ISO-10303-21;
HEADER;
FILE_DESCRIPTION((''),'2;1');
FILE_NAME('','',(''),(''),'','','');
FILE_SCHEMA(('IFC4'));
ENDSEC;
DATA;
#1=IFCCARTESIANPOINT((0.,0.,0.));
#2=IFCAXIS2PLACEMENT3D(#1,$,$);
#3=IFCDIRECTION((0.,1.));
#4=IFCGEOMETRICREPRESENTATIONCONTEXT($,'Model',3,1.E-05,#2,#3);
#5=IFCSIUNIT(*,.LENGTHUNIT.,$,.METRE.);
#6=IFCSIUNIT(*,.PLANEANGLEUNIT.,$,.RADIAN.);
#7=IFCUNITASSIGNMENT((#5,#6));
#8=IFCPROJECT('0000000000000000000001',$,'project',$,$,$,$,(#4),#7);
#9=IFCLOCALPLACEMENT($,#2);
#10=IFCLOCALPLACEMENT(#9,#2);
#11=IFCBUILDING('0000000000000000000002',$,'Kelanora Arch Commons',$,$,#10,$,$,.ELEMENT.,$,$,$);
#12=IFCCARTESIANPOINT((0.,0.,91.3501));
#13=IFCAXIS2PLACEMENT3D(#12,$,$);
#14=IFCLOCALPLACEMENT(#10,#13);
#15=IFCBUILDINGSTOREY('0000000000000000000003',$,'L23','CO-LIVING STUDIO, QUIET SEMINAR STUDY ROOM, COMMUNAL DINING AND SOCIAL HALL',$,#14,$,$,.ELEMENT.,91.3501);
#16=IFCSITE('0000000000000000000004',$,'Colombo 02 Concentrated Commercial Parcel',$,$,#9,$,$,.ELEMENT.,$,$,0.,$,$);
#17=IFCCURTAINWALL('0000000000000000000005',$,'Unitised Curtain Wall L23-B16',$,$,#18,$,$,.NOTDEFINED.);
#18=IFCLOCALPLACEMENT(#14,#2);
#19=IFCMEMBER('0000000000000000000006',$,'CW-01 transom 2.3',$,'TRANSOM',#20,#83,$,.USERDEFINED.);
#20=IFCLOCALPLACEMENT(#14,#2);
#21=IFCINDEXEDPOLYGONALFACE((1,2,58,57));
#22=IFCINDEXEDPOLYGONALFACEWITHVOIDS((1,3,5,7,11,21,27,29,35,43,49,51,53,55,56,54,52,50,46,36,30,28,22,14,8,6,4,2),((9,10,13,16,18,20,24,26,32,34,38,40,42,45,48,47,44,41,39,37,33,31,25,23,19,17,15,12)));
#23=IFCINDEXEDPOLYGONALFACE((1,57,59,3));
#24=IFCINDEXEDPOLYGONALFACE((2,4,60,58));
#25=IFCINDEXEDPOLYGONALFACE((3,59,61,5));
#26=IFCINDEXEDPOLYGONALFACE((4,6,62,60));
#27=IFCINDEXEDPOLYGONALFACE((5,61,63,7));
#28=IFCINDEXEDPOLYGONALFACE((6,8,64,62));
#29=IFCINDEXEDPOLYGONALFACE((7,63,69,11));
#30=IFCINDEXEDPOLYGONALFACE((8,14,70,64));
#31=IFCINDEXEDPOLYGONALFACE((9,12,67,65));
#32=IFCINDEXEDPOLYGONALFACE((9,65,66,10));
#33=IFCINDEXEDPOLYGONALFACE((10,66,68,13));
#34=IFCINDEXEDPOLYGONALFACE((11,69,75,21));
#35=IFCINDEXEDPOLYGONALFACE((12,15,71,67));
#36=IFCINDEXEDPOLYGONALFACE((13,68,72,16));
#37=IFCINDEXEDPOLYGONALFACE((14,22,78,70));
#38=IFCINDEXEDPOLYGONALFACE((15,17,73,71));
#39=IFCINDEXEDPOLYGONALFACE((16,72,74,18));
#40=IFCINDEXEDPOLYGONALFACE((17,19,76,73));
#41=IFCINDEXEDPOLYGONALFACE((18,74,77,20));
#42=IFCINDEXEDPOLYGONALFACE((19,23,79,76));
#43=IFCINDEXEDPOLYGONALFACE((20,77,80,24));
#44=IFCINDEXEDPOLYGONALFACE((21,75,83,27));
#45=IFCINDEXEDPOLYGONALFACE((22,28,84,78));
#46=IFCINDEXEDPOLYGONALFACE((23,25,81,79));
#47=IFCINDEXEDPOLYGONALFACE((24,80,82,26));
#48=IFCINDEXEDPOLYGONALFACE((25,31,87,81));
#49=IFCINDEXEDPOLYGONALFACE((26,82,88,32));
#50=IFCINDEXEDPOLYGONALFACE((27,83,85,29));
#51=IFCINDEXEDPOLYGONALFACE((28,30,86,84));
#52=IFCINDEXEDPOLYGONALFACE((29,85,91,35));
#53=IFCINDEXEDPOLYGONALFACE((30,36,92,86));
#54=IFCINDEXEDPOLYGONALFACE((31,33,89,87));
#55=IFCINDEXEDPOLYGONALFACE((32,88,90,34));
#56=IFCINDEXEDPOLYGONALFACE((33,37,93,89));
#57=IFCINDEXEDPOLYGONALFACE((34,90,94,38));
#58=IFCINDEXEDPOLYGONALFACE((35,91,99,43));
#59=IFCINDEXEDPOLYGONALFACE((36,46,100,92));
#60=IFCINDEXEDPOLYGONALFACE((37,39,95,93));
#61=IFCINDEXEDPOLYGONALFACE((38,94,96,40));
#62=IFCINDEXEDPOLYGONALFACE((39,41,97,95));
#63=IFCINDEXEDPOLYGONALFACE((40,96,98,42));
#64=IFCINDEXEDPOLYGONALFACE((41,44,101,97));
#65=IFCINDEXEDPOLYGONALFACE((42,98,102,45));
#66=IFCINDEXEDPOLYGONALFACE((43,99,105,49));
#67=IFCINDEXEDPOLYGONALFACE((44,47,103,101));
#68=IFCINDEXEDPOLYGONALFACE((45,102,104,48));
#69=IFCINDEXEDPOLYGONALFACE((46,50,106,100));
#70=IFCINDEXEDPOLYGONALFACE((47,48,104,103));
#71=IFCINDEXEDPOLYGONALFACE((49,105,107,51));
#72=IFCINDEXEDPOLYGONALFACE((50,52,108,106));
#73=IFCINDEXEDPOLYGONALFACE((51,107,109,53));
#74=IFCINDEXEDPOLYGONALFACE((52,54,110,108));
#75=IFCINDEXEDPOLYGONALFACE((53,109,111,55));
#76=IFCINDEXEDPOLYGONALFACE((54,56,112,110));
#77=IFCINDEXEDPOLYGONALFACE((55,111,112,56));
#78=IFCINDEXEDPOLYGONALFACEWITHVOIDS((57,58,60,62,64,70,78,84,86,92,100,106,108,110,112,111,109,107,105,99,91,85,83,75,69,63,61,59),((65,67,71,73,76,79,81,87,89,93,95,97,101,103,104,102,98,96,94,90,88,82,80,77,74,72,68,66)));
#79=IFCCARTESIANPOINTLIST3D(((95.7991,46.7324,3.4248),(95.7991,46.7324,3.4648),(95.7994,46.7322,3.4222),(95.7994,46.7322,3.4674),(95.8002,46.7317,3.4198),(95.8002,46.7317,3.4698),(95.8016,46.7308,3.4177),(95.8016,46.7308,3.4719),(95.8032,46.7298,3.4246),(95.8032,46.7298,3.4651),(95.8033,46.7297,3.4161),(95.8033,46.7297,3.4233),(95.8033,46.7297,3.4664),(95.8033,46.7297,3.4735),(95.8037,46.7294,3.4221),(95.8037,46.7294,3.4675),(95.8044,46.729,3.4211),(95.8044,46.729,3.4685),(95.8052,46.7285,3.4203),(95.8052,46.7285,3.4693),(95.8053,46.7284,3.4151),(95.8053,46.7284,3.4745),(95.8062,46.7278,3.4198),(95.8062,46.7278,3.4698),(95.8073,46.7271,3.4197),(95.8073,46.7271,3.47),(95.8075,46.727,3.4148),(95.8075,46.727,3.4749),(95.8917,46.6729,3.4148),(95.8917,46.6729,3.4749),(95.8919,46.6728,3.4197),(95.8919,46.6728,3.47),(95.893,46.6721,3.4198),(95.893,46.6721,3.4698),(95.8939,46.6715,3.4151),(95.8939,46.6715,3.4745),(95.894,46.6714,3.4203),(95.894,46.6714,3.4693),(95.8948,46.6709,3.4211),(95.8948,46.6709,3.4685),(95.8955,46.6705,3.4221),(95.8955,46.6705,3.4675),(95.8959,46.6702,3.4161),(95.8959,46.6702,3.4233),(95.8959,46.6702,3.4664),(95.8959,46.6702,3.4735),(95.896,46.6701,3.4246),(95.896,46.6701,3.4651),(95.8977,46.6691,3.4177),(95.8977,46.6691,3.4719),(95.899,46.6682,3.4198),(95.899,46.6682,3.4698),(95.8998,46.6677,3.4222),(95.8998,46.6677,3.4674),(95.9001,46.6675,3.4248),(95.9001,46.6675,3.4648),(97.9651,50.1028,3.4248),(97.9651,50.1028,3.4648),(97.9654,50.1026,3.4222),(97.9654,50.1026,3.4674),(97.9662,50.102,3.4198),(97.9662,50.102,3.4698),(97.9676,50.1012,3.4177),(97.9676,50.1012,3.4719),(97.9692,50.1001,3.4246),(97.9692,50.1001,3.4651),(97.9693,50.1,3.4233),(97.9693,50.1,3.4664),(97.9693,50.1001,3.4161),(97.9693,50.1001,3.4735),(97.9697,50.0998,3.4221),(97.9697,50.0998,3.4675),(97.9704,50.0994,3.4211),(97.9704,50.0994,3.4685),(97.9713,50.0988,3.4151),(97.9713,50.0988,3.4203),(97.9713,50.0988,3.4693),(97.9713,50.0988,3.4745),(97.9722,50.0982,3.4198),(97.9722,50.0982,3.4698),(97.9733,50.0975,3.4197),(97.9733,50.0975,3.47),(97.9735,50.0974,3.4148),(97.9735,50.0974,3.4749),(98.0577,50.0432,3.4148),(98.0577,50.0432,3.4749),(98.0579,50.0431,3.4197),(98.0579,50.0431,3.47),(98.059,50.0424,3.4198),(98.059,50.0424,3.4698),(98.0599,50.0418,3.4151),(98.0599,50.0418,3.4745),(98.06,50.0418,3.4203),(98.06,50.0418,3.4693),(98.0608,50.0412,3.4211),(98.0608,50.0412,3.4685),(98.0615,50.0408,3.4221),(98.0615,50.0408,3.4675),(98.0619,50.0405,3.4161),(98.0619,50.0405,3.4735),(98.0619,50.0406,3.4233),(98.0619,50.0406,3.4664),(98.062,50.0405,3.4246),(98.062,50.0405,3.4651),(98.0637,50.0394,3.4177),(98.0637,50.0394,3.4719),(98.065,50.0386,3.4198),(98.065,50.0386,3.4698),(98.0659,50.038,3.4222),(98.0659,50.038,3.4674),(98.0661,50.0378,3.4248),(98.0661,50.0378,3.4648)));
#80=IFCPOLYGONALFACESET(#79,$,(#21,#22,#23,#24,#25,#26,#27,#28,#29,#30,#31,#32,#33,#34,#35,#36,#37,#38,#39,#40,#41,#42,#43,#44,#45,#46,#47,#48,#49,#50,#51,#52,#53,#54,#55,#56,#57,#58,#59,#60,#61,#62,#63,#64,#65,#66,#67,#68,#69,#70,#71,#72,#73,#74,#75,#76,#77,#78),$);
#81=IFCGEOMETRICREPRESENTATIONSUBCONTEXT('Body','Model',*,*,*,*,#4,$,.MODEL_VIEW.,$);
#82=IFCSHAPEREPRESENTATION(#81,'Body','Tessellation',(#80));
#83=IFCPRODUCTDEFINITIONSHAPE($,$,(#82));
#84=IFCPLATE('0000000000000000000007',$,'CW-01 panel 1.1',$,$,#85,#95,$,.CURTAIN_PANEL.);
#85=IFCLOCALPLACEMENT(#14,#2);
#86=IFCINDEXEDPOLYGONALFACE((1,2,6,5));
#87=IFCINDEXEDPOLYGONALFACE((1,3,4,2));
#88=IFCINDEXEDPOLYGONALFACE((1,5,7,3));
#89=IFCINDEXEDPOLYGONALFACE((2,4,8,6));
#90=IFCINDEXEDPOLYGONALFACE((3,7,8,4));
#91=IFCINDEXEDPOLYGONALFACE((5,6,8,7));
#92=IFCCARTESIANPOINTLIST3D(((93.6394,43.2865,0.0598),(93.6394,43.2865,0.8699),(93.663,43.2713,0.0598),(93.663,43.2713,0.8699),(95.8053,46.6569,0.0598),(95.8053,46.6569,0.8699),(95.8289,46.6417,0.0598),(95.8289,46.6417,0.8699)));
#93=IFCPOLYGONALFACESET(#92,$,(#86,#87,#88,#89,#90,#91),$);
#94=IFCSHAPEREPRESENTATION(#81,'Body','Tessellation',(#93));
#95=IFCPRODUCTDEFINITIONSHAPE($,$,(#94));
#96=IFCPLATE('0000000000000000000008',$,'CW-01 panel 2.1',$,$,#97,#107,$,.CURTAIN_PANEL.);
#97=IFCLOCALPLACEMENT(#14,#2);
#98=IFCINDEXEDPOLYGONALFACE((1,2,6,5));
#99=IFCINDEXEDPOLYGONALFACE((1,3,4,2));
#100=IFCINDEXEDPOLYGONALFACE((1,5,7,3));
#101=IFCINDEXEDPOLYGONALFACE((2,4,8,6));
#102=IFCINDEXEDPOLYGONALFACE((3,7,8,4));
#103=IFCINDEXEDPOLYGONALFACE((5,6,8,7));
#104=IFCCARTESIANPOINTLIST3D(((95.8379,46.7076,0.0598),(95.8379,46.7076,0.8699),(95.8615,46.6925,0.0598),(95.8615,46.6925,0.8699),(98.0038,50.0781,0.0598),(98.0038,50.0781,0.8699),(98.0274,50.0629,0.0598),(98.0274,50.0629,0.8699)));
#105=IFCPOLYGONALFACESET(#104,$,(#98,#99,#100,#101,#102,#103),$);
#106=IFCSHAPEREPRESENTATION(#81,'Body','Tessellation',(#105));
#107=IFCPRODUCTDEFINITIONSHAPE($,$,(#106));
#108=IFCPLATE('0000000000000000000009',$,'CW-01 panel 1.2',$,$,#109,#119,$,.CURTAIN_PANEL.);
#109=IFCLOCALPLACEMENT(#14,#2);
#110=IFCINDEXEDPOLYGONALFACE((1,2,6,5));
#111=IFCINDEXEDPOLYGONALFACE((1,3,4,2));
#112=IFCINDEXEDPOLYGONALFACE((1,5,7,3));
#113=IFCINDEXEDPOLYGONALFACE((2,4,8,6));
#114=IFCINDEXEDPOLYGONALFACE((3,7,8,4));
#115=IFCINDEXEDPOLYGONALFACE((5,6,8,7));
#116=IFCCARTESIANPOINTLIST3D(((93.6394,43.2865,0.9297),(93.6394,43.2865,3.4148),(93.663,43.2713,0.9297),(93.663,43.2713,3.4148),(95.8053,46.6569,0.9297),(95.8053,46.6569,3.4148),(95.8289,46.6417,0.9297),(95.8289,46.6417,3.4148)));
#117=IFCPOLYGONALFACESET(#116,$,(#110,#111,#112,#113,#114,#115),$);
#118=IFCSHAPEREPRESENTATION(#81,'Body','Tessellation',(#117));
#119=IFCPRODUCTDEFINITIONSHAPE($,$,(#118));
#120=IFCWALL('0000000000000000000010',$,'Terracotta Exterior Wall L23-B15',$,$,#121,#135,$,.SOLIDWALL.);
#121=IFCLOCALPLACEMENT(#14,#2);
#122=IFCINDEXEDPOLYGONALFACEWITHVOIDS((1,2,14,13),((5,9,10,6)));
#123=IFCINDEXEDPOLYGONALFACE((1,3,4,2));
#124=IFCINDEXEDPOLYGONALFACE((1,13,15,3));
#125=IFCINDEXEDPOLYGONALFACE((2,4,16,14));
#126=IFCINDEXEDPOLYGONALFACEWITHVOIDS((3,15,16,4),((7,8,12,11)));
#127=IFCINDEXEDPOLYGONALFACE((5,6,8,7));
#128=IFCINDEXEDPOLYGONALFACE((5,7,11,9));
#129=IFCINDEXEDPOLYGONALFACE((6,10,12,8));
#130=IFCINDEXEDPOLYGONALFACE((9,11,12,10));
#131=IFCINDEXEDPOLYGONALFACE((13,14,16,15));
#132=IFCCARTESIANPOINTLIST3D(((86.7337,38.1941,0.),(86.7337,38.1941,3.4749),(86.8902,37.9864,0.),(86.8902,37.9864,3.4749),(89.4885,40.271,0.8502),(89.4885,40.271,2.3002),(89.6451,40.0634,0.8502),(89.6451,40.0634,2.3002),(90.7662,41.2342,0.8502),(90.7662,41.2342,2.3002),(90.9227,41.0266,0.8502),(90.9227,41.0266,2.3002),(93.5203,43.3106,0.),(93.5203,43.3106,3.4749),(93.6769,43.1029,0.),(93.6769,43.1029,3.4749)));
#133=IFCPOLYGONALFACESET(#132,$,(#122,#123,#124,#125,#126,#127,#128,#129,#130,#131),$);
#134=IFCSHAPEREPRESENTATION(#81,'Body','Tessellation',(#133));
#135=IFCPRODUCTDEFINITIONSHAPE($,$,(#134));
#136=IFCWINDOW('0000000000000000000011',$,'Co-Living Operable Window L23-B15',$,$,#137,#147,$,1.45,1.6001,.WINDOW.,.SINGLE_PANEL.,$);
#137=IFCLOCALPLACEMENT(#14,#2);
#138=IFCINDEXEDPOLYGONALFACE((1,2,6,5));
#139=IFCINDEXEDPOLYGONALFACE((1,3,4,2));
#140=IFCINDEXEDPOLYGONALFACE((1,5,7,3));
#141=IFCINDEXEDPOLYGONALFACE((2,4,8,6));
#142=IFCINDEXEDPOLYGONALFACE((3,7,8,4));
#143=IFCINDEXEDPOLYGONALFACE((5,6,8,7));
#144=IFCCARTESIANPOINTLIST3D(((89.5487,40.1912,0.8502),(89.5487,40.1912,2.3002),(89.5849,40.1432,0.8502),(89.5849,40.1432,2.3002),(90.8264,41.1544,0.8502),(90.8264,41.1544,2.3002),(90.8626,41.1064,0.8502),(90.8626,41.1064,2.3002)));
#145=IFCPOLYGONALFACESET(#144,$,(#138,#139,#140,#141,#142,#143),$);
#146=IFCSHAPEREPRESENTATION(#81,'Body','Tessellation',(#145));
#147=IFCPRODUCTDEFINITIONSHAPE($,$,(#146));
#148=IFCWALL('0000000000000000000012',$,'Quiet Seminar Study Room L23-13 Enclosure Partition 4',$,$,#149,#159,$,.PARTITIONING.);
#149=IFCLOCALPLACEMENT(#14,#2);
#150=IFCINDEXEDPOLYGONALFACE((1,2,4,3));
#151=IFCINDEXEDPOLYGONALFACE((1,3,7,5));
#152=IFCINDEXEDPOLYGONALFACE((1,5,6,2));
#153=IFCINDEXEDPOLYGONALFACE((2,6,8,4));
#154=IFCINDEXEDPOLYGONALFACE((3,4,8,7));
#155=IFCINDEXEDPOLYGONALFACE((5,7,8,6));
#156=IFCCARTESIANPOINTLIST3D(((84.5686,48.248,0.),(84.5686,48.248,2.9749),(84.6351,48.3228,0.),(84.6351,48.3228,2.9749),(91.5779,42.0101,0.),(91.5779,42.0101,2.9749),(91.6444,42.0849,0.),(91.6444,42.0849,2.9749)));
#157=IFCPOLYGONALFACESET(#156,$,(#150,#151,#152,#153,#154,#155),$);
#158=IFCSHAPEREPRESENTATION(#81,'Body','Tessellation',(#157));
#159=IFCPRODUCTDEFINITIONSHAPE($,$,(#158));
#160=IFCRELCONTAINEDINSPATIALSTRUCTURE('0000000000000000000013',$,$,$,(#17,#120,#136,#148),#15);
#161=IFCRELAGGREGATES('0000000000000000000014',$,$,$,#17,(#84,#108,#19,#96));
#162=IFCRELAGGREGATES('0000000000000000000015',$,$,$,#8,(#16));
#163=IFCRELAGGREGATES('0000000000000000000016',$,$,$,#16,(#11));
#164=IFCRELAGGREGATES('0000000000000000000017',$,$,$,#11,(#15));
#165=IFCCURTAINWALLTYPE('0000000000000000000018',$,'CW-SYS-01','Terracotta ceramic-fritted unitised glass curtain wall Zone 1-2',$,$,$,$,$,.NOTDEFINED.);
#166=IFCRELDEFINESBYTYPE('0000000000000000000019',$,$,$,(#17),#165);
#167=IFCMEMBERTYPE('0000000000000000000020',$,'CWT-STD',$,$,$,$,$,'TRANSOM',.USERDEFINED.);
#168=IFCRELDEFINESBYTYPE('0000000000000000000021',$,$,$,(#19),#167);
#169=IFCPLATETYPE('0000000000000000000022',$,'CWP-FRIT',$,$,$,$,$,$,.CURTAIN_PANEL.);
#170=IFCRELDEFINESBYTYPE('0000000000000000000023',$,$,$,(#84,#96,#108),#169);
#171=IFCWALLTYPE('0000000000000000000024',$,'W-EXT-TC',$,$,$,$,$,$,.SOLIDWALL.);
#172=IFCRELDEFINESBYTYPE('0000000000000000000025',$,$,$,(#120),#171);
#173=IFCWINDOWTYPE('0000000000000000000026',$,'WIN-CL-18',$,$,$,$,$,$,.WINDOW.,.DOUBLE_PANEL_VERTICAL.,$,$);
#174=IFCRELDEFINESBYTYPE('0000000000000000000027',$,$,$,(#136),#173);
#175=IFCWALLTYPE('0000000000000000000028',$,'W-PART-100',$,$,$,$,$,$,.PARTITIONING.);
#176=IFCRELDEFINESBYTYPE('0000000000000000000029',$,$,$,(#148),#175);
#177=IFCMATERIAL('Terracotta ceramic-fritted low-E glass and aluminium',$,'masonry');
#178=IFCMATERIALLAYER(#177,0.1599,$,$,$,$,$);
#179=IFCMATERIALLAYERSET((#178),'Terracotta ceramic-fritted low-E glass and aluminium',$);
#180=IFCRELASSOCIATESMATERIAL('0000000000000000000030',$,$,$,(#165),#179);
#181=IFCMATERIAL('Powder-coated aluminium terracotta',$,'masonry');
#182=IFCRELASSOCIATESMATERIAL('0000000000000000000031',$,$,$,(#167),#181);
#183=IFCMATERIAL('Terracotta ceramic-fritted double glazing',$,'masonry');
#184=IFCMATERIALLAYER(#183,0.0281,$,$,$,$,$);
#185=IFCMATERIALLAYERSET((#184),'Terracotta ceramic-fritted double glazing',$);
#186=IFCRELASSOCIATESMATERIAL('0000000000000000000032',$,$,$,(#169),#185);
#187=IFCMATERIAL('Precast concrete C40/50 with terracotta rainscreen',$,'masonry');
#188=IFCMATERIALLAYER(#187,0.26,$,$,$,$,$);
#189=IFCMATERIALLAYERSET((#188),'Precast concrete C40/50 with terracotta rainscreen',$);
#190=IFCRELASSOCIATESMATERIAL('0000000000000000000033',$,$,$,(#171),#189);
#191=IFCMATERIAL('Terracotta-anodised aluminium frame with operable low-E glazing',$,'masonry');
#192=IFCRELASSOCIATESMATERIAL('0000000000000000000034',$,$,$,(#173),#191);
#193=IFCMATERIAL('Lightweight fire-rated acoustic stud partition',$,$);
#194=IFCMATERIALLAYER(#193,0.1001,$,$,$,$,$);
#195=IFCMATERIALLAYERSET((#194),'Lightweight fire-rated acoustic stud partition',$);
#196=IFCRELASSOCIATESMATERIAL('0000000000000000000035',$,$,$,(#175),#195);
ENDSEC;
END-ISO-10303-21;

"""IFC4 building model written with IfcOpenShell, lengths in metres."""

from ifc_helpers import new_model, si_unit, direction, frame, frame_2d, origin, origin_2d, place, context, subcontext, project, spatial, rectangle, hollow_rectangle, extrude, source, transform, mapped, material, layer, layer_set, material_profile, profile_set, type_object, element, fill, aggregate, save


model = new_model("IFC4")

# Units and contexts
model_context = context("Model", 3, precision=1e-05, world=origin(), true_north=direction((0.0, 1.0)))
body_context = subcontext(model_context, "Body", "Model", "MODEL_VIEW")
ifc_project = project(units=[si_unit("LENGTHUNIT", "METRE"), si_unit("PLANEANGLEUNIT", "RADIAN")], contexts=[model_context])

# Site, building, storey
site_placement = place(None, origin())
site = spatial("IfcSite", under=ifc_project, at=site_placement, Name="Colombo 02 Concentrated Commercial Parcel", CompositionType="ELEMENT", RefElevation=0.0)
building_placement = place(site_placement, origin())
building = spatial("IfcBuilding", under=site, at=building_placement, Name="Kelanora Arch Commons", CompositionType="ELEMENT")
storey_placement = place(building_placement, frame((0.0, 0.0, 91.3501)))
storey = spatial("IfcBuildingStorey", under=building, at=storey_placement, Name="L23", Description="CO-LIVING STUDIO, QUIET SEMINAR STUDY ROOM, COMMUNAL DINING AND SOCIAL HALL", CompositionType="ELEMENT", Elevation=91.3501)

# Shared definitions
ifc_material_1 = material(Name="Terracotta ceramic-fritted low-E glass and aluminium", Category="masonry")
ifc_layer_1 = layer(ifc_material_1, 0.1599)
ifc_layer_set_1 = layer_set([ifc_layer_1], Name="Terracotta ceramic-fritted low-E glass and aluminium")
curtain_wall_type = type_object("IfcCurtainWallType", Name="CW-SYS-01", Description="Terracotta ceramic-fritted unitised glass curtain wall Zone 1-2", PredefinedType="NOTDEFINED", material=ifc_layer_set_1)
ifc_material_2 = material(Name="Powder-coated aluminium terracotta", Category="masonry")

# Curtain wall, member, plates
curtain_wall_1_placement = place(storey_placement, origin())
curtain_wall_1 = element("IfcCurtainWall", 1, at=curtain_wall_1_placement, inside=storey, type_object=curtain_wall_type, Name="Unitised Curtain Wall L23-B16", PredefinedType="NOTDEFINED")
ifc_material_profile_1 = material_profile(ifc_material_2, hollow_rectangle(XDim=0.1201, YDim=0.0601, WallThickness=0.0049, InnerFilletRadius=0.0049, OuterFilletRadius=0.01, at=origin_2d()), Name="CWT120x60")
ifc_profile_set_1 = profile_set([ifc_material_profile_1], Name="Powder-coated aluminium terracotta")
member_type_1 = type_object("IfcMemberType", Name="CWT-STD", ElementType="TRANSOM", PredefinedType="USERDEFINED", material=ifc_profile_set_1)
member_1_placement = place(storey_placement, frame((95.8496, 46.7, 3.4448), z_axis=(0.540644, 0.841252, 0.0), x_axis=(-0.841252, 0.540644, 0.0)))
member_1 = element("IfcMember", 2, at=member_1_placement, type_object=member_type_1, Name="CW-01 transom 2.3", ObjectType="TRANSOM", PredefinedType="USERDEFINED", context=body_context, shape_type="SweptSolid", body=[
    extrude(hollow_rectangle(XDim=0.1201, YDim=0.0601, WallThickness=0.0049, InnerFilletRadius=0.0049, OuterFilletRadius=0.01, at=origin_2d()), origin(), (0.0, 0.0, 1.0), 4.0063),
])
ifc_material_3 = material(Name="Terracotta ceramic-fritted double glazing", Category="masonry")
ifc_layer_2 = layer(ifc_material_3, 0.0281)
ifc_layer_set_2 = layer_set([ifc_layer_2], Name="Terracotta ceramic-fritted double glazing")
plate_type = type_object("IfcPlateType", Name="CWP-FRIT", PredefinedType="CURTAIN_PANEL", material=ifc_layer_set_2)
shared_shape_1 = source(origin(), body_context, "Body", "SweptSolid", [
    extrude(rectangle(XDim=4.0063, YDim=0.0281, at=origin_2d()), origin(), (0.0, 0.0, 1.0), 0.8101),
])
plate_1_placement = place(storey_placement, frame((94.7341, 44.9641, 0.0598), z_axis=(0.0, 0.0, 1.0), x_axis=(0.540617, 0.841269, 0.0)))
plate_1 = element("IfcPlate", 3, at=plate_1_placement, type_object=plate_type, Name="CW-01 panel 1.1", PredefinedType="CURTAIN_PANEL", context=body_context, shape_type="MappedRepresentation", body=[
    mapped(shared_shape_1, transform((0.0, 0.0, 0.0), scale=1.0)),
])
plate_2_placement = place(storey_placement, frame((96.9326, 48.3853, 0.0598), z_axis=(0.0, 0.0, 1.0), x_axis=(0.540617, 0.841269, 0.0)))
plate_2 = element("IfcPlate", 4, at=plate_2_placement, type_object=plate_type, Name="CW-01 panel 2.1", PredefinedType="CURTAIN_PANEL", context=body_context, shape_type="MappedRepresentation", body=[
    mapped(shared_shape_1, transform((0.0, 0.0, 0.0), scale=1.0)),
])
shared_shape_2 = source(origin(), body_context, "Body", "SweptSolid", [
    extrude(rectangle(XDim=4.0063, YDim=0.0281, at=origin_2d()), origin(), (0.0, 0.0, 1.0), 2.4851),
])
plate_3_placement = place(storey_placement, frame((94.7341, 44.9641, 0.9297), z_axis=(0.0, 0.0, 1.0), x_axis=(0.540617, 0.841269, 0.0)))
plate_3 = element("IfcPlate", 5, at=plate_3_placement, type_object=plate_type, Name="CW-01 panel 1.2", PredefinedType="CURTAIN_PANEL", context=body_context, shape_type="MappedRepresentation", body=[
    mapped(shared_shape_2, transform((0.0, 0.0, 0.0), scale=1.0)),
])
aggregate(curtain_wall_1, [plate_1, plate_3, member_1, plate_2])

# Wall, opening, window
ifc_material_4 = material(Name="Precast concrete C40/50 with terracotta rainscreen", Category="masonry")
ifc_layer_3 = layer(ifc_material_4, 0.26)
ifc_layer_set_3 = layer_set([ifc_layer_3], Name="Precast concrete C40/50 with terracotta rainscreen")
wall_type_1 = type_object("IfcWallType", Name="W-EXT-TC", PredefinedType="SOLIDWALL", material=ifc_layer_set_3)
wall_1_placement = place(storey_placement, frame((86.812, 38.0903, 0.0), z_axis=(0.0, 0.0, 1.0), x_axis=(0.798502, 0.601993, 0.0)))
wall_1 = element("IfcWall", 6, at=wall_1_placement, inside=storey, type_object=wall_type_1, Name="Terracotta Exterior Wall L23-B15", PredefinedType="SOLIDWALL", context=body_context, shape_type="SweptSolid", body=[
    extrude(rectangle(XDim=8.4993, YDim=0.26, at=frame_2d((4.2495, 0.0))), origin(), (0.0, 0.0, 1.0), 3.4749),
])
opening_placement = place(wall_1_placement, frame((3.45, 0.0, 0.8501)))
opening = element("IfcOpeningElement", 7, at=opening_placement, cuts=wall_1, PredefinedType="OPENING", context=body_context, shape_type="SweptSolid", body=[
    extrude(rectangle(XDim=1.6001, YDim=1.45, at=frame_2d((0.8, 0.7251))), frame((0.0, 0.1401, 0.0), z_axis=(0.0, -1.0, 0.0), x_axis=(1.0, 0.0, 0.0)), (0.0, 0.0, 1.0), 0.28),
])
ifc_material_5 = material(Name="Terracotta-anodised aluminium frame with operable low-E glazing", Category="masonry")
window_type = type_object("IfcWindowType", Name="WIN-CL-18", PartitioningType="DOUBLE_PANEL_VERTICAL", PredefinedType="WINDOW", material=ifc_material_5)
window_placement = place(opening_placement, origin())
window = element("IfcWindow", 8, at=window_placement, inside=storey, type_object=window_type, Name="Co-Living Operable Window L23-B15", OverallHeight=1.45, OverallWidth=1.6001, PartitioningType="SINGLE_PANEL", PredefinedType="WINDOW", context=body_context, shape_type="SweptSolid", body=[
    extrude(rectangle(XDim=1.6001, YDim=1.45, at=frame_2d((0.8, 0.7251))), frame((0.0, 0.03, 0.0), z_axis=(0.0, -1.0, 0.0), x_axis=(1.0, 0.0, 0.0)), (0.0, 0.0, 1.0), 0.0601),
])
fill(opening, window)

# Wall
ifc_material_6 = material(Name="Lightweight fire-rated acoustic stud partition")
ifc_layer_4 = layer(ifc_material_6, 0.1001)
ifc_layer_set_4 = layer_set([ifc_layer_4], Name="Lightweight fire-rated acoustic stud partition")
wall_type_2 = type_object("IfcWallType", Name="W-PART-100", PredefinedType="PARTITIONING", material=ifc_layer_set_4)
wall_2_placement = place(storey_placement, frame((91.6111, 42.0476, 0.0), z_axis=(0.0, 0.0, 1.0), x_axis=(-0.747022, 0.6648, 0.0)))
element("IfcWall", 9, at=wall_2_placement, inside=storey, type_object=wall_type_2, Name="Quiet Seminar Study Room L23-13 Enclosure Partition 4", PredefinedType="PARTITIONING", context=body_context, shape_type="SweptSolid", body=[
    extrude(rectangle(XDim=9.3831, YDim=0.1001, at=frame_2d((4.6914, 0.0))), origin(), (0.0, 0.0, 1.0), 2.9749),
])

save(model, "model.ifc")
